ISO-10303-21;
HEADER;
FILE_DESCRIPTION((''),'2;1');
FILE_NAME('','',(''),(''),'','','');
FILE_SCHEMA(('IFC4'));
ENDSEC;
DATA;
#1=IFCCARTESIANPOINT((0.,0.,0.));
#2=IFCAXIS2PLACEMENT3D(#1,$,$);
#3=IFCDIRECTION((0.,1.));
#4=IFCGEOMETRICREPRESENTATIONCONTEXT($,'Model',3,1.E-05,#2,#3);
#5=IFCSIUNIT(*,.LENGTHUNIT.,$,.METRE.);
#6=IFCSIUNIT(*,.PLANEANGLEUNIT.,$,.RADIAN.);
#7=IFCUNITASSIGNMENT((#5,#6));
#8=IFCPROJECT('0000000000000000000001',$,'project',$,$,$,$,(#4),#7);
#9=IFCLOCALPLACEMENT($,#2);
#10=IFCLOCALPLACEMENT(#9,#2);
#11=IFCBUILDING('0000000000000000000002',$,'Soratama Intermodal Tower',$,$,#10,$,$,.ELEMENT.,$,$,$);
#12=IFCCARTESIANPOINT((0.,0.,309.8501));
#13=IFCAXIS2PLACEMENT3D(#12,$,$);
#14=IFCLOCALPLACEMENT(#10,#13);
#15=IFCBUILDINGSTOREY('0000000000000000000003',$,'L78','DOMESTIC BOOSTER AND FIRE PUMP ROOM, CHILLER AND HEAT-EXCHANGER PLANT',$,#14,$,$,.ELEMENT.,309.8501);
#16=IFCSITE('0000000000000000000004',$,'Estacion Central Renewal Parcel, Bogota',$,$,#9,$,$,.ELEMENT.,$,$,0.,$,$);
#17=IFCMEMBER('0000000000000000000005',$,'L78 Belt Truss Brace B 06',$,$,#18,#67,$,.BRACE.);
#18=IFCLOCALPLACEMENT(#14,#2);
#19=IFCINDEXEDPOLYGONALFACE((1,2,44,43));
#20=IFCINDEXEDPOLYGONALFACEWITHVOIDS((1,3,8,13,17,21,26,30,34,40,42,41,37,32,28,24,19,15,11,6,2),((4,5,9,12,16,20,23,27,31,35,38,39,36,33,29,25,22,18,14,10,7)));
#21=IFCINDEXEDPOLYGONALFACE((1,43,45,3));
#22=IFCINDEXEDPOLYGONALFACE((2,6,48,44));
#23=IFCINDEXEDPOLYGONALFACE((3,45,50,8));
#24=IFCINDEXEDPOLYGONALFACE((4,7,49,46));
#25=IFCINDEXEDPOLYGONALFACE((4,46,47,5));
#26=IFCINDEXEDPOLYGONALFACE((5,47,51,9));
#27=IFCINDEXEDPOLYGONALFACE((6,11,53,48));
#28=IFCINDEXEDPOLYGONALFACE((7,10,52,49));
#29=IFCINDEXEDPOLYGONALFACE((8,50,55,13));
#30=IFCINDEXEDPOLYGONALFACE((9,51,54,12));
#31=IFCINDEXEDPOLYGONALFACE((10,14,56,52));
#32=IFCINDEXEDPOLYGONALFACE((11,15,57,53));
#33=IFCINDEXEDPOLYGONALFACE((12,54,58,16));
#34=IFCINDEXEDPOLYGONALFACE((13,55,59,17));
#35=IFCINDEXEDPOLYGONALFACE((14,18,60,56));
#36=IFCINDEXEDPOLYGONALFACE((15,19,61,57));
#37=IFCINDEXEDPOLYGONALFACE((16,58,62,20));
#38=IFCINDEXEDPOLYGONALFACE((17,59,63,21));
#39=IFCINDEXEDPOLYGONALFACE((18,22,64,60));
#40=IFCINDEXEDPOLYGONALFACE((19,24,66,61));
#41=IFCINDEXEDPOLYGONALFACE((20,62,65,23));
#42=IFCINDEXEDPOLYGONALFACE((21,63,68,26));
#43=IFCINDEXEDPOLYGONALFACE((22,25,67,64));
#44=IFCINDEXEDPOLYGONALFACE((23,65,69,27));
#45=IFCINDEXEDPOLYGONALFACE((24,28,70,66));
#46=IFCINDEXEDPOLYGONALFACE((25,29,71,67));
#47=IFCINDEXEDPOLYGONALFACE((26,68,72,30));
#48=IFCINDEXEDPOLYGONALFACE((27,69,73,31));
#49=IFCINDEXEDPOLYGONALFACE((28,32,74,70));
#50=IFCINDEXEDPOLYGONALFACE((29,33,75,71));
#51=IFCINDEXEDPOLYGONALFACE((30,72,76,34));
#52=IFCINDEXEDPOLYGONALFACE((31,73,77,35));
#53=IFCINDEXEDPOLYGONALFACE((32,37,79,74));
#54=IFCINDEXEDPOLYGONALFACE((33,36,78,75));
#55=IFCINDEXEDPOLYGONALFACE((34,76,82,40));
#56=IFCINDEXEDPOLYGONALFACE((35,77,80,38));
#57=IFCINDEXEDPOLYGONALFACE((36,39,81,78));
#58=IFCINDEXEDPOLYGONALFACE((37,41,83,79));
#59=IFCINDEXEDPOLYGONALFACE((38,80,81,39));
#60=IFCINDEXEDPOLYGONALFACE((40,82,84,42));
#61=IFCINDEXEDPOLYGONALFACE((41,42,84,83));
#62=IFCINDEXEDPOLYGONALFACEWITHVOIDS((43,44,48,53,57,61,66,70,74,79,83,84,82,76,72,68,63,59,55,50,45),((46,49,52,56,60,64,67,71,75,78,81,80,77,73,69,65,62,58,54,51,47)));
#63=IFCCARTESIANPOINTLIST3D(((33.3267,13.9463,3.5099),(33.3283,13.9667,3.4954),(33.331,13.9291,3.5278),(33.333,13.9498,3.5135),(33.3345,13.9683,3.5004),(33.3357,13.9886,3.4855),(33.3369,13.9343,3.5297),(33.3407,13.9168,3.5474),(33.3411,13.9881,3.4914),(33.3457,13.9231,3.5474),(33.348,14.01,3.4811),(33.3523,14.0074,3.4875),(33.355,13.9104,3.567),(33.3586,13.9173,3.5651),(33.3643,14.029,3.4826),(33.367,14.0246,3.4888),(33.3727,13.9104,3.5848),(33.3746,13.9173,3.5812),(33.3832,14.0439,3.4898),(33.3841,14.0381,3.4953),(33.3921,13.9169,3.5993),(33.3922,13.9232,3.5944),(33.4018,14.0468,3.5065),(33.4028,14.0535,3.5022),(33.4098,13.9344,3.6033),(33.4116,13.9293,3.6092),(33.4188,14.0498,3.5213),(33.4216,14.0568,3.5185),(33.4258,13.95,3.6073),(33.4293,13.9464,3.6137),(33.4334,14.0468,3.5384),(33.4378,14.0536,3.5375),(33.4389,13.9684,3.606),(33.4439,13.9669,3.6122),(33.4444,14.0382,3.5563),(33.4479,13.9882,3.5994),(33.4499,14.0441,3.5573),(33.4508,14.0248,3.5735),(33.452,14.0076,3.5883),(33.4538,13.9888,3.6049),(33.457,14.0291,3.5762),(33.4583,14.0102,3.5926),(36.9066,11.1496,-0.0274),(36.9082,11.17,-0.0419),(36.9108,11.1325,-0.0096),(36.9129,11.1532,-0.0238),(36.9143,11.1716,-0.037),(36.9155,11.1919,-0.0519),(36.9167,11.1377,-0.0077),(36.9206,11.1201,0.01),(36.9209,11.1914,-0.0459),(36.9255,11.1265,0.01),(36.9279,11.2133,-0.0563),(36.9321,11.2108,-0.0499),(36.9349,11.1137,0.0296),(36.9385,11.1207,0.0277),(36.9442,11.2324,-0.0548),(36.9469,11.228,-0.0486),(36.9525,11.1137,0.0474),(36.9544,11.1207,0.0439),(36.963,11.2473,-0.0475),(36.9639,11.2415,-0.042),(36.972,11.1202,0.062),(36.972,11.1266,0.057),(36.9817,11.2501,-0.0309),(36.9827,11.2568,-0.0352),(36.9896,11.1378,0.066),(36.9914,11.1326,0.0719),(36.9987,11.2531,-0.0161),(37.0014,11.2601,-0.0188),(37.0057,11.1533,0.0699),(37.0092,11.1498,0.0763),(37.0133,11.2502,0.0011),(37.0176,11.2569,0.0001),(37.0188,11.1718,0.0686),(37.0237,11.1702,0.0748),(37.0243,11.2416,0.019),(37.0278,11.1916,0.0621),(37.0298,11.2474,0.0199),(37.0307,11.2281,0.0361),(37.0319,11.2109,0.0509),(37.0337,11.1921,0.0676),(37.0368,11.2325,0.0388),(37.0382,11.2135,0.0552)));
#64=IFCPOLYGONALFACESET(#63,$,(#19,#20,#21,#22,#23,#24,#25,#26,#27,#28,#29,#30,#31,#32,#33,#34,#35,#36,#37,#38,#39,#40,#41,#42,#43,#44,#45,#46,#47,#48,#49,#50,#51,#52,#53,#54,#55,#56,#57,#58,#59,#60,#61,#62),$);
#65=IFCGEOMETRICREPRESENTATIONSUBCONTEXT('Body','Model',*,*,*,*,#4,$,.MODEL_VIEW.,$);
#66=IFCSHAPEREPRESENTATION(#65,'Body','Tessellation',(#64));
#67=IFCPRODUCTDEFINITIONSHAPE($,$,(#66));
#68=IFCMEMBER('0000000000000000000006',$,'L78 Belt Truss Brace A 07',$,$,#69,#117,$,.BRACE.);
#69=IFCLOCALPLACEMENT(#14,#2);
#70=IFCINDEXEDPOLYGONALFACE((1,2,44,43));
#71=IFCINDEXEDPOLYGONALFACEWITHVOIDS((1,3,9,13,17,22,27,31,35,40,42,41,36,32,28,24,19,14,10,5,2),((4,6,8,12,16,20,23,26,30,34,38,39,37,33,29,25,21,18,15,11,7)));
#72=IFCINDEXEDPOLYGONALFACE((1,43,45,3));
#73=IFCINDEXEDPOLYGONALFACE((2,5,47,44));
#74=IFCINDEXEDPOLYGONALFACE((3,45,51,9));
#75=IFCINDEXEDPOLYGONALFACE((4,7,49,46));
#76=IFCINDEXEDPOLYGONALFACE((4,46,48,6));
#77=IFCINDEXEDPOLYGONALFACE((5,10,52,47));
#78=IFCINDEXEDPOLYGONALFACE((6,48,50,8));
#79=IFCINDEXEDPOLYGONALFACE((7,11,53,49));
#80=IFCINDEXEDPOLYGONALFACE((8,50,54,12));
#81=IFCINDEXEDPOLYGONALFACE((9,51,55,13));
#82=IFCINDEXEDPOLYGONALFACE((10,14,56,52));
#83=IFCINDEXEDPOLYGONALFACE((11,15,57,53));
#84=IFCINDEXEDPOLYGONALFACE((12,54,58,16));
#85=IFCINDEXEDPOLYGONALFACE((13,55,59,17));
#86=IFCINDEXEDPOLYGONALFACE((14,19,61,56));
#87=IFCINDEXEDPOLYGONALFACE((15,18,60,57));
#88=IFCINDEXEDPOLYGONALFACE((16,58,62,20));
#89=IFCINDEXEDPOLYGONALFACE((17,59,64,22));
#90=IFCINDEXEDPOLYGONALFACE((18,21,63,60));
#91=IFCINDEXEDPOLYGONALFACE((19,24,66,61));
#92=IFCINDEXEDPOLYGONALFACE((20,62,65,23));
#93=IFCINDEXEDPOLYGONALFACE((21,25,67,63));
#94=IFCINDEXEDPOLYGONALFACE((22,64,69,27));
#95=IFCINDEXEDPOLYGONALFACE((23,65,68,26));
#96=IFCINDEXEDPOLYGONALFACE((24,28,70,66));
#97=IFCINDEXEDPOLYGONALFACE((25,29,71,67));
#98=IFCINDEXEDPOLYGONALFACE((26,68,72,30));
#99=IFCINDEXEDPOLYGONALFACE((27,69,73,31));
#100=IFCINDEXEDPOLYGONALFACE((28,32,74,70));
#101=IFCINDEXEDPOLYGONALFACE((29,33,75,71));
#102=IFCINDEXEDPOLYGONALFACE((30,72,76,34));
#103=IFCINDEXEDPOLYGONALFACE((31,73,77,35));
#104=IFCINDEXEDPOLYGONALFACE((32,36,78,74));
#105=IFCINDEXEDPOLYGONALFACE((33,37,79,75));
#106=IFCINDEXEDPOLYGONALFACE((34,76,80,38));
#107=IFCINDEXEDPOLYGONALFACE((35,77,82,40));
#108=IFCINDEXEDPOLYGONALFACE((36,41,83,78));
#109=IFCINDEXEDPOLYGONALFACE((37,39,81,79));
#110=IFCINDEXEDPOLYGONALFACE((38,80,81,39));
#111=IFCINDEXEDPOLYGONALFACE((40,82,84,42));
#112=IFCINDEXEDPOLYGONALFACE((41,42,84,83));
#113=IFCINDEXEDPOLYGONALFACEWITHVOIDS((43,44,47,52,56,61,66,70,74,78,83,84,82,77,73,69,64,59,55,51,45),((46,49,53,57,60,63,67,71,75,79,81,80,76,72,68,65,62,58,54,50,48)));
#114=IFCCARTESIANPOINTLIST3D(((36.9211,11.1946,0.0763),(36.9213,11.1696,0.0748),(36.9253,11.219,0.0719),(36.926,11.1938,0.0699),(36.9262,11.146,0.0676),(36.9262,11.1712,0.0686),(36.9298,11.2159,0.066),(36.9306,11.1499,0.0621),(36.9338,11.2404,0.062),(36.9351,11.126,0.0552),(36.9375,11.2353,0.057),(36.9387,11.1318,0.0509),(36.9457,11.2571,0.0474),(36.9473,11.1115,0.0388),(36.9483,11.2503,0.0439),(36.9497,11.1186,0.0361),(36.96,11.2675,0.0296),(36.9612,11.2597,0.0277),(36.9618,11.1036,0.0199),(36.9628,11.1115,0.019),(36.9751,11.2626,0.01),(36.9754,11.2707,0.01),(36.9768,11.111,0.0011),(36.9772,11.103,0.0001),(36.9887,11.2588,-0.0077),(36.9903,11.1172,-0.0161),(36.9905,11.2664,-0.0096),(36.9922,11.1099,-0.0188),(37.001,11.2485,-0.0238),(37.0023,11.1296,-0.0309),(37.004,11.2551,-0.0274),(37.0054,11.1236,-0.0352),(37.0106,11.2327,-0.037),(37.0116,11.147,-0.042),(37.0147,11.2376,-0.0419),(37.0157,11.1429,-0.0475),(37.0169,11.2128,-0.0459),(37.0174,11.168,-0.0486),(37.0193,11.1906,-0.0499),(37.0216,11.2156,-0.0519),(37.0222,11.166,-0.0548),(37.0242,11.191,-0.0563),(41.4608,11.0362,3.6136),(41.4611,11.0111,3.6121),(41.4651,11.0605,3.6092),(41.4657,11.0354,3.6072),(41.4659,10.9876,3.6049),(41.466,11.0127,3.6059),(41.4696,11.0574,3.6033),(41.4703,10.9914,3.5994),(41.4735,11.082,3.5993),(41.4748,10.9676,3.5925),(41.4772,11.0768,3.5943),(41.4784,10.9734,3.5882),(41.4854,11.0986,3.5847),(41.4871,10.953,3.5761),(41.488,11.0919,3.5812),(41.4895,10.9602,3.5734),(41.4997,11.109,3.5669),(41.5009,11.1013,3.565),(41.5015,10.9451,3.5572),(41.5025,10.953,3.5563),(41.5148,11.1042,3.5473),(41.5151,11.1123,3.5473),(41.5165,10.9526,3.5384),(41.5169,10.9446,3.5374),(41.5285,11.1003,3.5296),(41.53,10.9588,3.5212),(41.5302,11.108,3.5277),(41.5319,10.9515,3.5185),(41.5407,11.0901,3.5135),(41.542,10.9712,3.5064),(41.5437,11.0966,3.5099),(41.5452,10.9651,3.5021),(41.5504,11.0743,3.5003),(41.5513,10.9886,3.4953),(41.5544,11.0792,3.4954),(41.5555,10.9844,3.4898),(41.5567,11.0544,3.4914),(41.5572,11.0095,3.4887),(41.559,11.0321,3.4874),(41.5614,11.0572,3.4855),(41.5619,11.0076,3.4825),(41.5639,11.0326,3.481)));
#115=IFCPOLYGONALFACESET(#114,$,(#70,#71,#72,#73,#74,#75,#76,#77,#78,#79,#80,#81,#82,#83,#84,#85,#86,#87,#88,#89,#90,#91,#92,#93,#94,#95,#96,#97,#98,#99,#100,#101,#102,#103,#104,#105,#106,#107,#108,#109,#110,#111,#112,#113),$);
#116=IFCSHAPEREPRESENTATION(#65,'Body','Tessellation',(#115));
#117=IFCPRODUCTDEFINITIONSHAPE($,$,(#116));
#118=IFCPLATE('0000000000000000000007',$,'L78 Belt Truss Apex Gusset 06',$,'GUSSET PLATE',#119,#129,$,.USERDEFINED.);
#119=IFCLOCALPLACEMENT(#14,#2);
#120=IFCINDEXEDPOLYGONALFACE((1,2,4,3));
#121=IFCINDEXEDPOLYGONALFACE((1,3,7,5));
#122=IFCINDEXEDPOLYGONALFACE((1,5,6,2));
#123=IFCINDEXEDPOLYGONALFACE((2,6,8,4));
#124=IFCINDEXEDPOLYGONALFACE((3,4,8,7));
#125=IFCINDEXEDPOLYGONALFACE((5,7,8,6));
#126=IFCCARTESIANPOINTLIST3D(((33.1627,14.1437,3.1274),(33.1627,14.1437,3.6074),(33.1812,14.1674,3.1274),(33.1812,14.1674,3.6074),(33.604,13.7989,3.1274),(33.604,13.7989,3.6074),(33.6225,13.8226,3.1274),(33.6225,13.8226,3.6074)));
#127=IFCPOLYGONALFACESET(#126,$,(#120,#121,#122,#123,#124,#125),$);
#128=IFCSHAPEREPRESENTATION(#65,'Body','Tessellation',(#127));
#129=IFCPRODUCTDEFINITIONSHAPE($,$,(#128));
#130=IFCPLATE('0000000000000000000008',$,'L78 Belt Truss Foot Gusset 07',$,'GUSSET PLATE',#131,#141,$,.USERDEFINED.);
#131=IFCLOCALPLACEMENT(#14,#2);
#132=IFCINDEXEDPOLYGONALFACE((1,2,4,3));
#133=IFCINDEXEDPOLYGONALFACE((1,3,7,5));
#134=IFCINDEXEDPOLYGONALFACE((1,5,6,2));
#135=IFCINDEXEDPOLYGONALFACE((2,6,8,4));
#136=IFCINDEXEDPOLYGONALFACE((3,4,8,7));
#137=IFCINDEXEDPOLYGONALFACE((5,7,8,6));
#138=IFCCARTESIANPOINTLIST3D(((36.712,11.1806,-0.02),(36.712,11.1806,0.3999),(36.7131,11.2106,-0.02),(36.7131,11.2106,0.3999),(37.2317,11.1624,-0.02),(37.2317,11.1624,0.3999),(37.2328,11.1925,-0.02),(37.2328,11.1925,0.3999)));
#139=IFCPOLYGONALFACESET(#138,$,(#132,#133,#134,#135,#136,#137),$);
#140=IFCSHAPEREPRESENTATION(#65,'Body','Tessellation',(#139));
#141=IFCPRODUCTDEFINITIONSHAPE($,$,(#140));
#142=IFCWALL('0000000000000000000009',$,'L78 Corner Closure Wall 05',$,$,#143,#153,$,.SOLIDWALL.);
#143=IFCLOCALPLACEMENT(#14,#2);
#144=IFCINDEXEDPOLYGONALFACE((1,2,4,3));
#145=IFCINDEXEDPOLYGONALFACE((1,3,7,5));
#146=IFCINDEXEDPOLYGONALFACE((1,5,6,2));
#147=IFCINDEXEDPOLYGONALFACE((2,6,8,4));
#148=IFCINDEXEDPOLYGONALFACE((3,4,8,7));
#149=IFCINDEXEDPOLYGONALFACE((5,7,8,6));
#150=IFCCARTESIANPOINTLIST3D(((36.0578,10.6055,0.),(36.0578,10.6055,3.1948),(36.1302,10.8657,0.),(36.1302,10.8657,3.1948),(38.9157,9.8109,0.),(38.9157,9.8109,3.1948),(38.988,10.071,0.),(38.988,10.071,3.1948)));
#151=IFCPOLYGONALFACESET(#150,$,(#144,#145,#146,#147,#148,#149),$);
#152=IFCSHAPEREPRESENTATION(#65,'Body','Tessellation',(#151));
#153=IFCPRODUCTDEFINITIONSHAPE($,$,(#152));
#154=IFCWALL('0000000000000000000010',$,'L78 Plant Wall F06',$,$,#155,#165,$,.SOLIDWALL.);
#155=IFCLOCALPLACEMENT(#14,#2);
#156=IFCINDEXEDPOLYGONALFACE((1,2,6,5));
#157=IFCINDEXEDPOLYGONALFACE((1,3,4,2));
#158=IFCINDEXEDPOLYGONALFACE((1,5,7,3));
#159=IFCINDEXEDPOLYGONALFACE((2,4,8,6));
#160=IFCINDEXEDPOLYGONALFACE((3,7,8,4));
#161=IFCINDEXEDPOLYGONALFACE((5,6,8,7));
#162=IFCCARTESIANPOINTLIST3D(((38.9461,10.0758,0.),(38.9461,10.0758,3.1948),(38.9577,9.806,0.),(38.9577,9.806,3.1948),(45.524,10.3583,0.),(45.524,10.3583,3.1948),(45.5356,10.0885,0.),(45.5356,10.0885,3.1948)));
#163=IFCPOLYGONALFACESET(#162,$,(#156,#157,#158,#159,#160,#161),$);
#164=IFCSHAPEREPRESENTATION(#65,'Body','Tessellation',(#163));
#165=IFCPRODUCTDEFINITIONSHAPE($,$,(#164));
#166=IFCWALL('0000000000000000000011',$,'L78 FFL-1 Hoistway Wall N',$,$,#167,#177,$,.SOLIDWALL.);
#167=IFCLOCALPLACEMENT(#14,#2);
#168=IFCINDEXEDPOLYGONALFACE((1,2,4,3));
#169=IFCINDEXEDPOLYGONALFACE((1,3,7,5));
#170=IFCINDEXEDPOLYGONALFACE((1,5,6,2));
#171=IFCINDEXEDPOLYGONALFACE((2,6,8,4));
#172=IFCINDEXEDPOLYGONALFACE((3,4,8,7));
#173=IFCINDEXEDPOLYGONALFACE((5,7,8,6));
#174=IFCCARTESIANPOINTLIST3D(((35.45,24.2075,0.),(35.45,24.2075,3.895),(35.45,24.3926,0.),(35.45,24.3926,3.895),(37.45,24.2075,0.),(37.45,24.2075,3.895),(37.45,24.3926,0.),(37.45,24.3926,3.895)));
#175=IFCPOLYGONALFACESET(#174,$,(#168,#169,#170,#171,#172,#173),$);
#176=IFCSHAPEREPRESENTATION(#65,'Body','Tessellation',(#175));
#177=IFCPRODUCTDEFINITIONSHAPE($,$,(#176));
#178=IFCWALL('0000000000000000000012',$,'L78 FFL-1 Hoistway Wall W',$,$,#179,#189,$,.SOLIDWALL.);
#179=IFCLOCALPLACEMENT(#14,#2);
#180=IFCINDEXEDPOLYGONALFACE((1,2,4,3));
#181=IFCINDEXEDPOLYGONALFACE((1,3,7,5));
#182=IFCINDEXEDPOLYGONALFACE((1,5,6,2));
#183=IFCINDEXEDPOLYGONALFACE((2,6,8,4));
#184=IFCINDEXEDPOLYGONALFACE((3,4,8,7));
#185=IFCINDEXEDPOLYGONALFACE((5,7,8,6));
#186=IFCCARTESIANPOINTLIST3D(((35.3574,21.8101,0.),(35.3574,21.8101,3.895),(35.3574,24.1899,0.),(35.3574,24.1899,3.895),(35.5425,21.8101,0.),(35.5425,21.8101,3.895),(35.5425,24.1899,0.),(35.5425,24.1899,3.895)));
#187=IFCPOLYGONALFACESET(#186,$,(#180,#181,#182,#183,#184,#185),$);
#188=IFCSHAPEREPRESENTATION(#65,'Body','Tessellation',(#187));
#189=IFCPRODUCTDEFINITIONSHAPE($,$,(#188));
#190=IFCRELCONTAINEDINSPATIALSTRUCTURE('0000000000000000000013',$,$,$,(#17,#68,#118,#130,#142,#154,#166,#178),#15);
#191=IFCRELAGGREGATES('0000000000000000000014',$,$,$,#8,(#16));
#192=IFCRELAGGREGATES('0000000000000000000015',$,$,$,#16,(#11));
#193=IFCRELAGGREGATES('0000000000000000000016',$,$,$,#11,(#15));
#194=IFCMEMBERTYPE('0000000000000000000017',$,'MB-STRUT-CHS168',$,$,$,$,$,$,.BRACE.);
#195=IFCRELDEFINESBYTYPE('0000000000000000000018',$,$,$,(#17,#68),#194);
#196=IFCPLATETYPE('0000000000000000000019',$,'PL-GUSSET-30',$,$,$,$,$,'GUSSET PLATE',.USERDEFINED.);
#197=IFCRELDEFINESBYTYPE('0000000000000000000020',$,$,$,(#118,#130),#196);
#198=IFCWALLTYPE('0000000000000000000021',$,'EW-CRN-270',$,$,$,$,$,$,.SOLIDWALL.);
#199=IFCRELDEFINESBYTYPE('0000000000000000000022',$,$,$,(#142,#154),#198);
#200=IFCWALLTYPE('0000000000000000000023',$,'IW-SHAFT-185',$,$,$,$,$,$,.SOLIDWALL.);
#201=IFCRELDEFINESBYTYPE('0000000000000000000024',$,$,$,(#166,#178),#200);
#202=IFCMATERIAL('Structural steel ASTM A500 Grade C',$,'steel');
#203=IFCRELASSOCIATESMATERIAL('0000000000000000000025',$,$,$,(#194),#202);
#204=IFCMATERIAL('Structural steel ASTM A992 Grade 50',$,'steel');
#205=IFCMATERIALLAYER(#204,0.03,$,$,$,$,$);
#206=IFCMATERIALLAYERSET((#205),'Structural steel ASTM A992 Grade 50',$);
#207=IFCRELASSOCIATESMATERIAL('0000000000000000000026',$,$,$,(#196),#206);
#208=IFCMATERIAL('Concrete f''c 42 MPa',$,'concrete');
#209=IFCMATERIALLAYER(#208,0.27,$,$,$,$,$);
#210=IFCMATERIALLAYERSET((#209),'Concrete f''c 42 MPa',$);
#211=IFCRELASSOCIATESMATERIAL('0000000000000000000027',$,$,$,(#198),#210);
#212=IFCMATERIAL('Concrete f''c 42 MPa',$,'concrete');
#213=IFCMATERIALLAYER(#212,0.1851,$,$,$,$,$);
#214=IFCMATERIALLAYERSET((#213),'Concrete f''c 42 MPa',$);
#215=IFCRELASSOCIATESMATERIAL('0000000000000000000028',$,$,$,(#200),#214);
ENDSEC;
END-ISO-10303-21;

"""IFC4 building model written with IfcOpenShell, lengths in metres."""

from ifc_helpers import new_model, si_unit, direction, frame, frame_2d, origin, origin_2d, place, context, subcontext, project, spatial, rectangle, hollow_circle, extrude, material, layer, layer_set, material_profile, profile_set, type_object, element, save


model = new_model("IFC4")

# Units and contexts
model_context = context("Model", 3, precision=1e-05, world=origin(), true_north=direction((0.0, 1.0)))
body_context = subcontext(model_context, "Body", "Model", "MODEL_VIEW")
ifc_project = project(units=[si_unit("LENGTHUNIT", "METRE"), si_unit("PLANEANGLEUNIT", "RADIAN")], contexts=[model_context])

# Site, building, storey
site_placement = place(None, origin())
site = spatial("IfcSite", under=ifc_project, at=site_placement, Name="Estacion Central Renewal Parcel, Bogota", CompositionType="ELEMENT", RefElevation=0.0)
building_placement = place(site_placement, origin())
building = spatial("IfcBuilding", under=site, at=building_placement, Name="Soratama Intermodal Tower", CompositionType="ELEMENT")
storey_placement = place(building_placement, frame((0.0, 0.0, 309.8501)))
storey = spatial("IfcBuildingStorey", under=building, at=storey_placement, Name="L78", Description="DOMESTIC BOOSTER AND FIRE PUMP ROOM, CHILLER AND HEAT-EXCHANGER PLANT", CompositionType="ELEMENT", Elevation=309.8501)

# Members
ifc_material_1 = material(Name="Structural steel ASTM A500 Grade C", Category="steel")
ifc_material_profile_1 = material_profile(ifc_material_1, hollow_circle(Radius=0.0842, WallThickness=0.0081, at=origin_2d()), Name="CHS168X8")
ifc_profile_set_1 = profile_set([ifc_material_profile_1], Name="Structural steel ASTM A500 Grade C")
member_type = type_object("IfcMemberType", Name="MB-STRUT-CHS168", PredefinedType="BRACE", material=ifc_profile_set_1)
member_1_placement = place(storey_placement, frame((36.9724, 11.1865, 0.01), z_axis=(-0.621765, 0.485734, 0.614387), x_axis=(-0.615628, -0.788037, 0.0)))
element("IfcMember", 1, at=member_1_placement, inside=storey, type_object=member_type, Name="L78 Belt Truss Brace B 06", PredefinedType="BRACE", context=body_context, shape_type="SweptSolid", body=[
    extrude(hollow_circle(Radius=0.0842, WallThickness=0.0081, at=origin_2d()), origin(), (0.0, 0.0, 1.0), 5.7576),
])
member_2_placement = place(storey_placement, frame((36.9724, 11.1865, 0.01), z_axis=(0.788514, -0.027521, 0.614401), x_axis=(0.034881, 0.999391, 0.0)))
element("IfcMember", 2, at=member_2_placement, inside=storey, type_object=member_type, Name="L78 Belt Truss Brace A 07", PredefinedType="BRACE", context=body_context, shape_type="SweptSolid", body=[
    extrude(hollow_circle(Radius=0.0842, WallThickness=0.0081, at=origin_2d()), origin(), (0.0, 0.0, 1.0), 5.7573),
])

# Plates
ifc_material_2 = material(Name="Structural steel ASTM A992 Grade 50", Category="steel")
ifc_layer_1 = layer(ifc_material_2, 0.03)
ifc_layer_set_1 = layer_set([ifc_layer_1], Name="Structural steel ASTM A992 Grade 50")
plate_type = type_object("IfcPlateType", Name="PL-GUSSET-30", ElementType="GUSSET PLATE", PredefinedType="USERDEFINED", material=ifc_layer_set_1)
plate_1_placement = place(storey_placement, frame((33.3926, 13.9832, 3.1274), z_axis=(0.0, 0.0, 1.0), x_axis=(0.788011, -0.615661, 0.0)))
element("IfcPlate", 3, at=plate_1_placement, inside=storey, type_object=plate_type, Name="L78 Belt Truss Apex Gusset 06", ObjectType="GUSSET PLATE", PredefinedType="USERDEFINED", context=body_context, shape_type="SweptSolid", body=[
    extrude(rectangle(XDim=0.5601, YDim=0.03, at=origin_2d()), origin(), (0.0, 0.0, 1.0), 0.48),
])
plate_2_placement = place(storey_placement, frame((36.9724, 11.1865, -0.02), z_axis=(0.0, 0.0, 1.0), x_axis=(0.999391, -0.034899, 0.0)))
element("IfcPlate", 4, at=plate_2_placement, inside=storey, type_object=plate_type, Name="L78 Belt Truss Foot Gusset 07", ObjectType="GUSSET PLATE", PredefinedType="USERDEFINED", context=body_context, shape_type="SweptSolid", body=[
    extrude(rectangle(XDim=0.52, YDim=0.03, at=origin_2d()), origin(), (0.0, 0.0, 1.0), 0.4199),
])

# Walls
ifc_material_3 = material(Name="Concrete f'c 42 MPa", Category="concrete")
ifc_layer_2 = layer(ifc_material_3, 0.27)
ifc_layer_set_2 = layer_set([ifc_layer_2], Name="Concrete f'c 42 MPa")
wall_type_1 = type_object("IfcWallType", Name="EW-CRN-270", PredefinedType="SOLIDWALL", material=ifc_layer_set_2)
wall_1_placement = place(storey_placement, frame((36.094, 10.7356, 0.0), z_axis=(0.0, 0.0, 1.0), x_axis=(0.963447, -0.267899, 0.0)))
element("IfcWall", 5, at=wall_1_placement, inside=storey, type_object=wall_type_1, Name="L78 Corner Closure Wall 05", PredefinedType="SOLIDWALL", context=body_context, shape_type="SweptSolid", body=[
    extrude(rectangle(XDim=2.9663, YDim=0.27, at=frame_2d((1.4832, 0.0))), origin(), (0.0, 0.0, 1.0), 3.1948),
])
wall_2_placement = place(storey_placement, frame((38.9519, 9.9409, 0.0), z_axis=(0.0, 0.0, 1.0), x_axis=(0.999079, 0.042903, 0.0)))
element("IfcWall", 6, at=wall_2_placement, inside=storey, type_object=wall_type_1, Name="L78 Plant Wall F06", PredefinedType="SOLIDWALL", context=body_context, shape_type="SweptSolid", body=[
    extrude(rectangle(XDim=6.584, YDim=0.27, at=frame_2d((3.292, 0.0))), origin(), (0.0, 0.0, 1.0), 3.1948),
])

# Shared definitions
ifc_material_4 = material(Name="Concrete f'c 42 MPa", Category="concrete")
ifc_layer_3 = layer(ifc_material_4, 0.1851)
ifc_layer_set_3 = layer_set([ifc_layer_3], Name="Concrete f'c 42 MPa")
wall_type_2 = type_object("IfcWallType", Name="IW-SHAFT-185", PredefinedType="SOLIDWALL", material=ifc_layer_set_3)

# Walls
wall_3_placement = place(storey_placement, frame((35.45, 24.3, 0.0), z_axis=(0.0, 0.0, 1.0), x_axis=(1.0, 0.0, 0.0)))
element("IfcWall", 7, at=wall_3_placement, inside=storey, type_object=wall_type_2, Name="L78 FFL-1 Hoistway Wall N", PredefinedType="SOLIDWALL", context=body_context, shape_type="SweptSolid", body=[
    extrude(rectangle(XDim=2.0, YDim=0.1851, at=frame_2d((1.0, 0.0))), origin(), (0.0, 0.0, 1.0), 3.895),
])
for number, where, z_axis, x_axis, name in (
    (8, (35.45, 21.8101, 0.0), (0.0, 0.0, 1.0), (0.0, 1.0, 0.0), "L78 FFL-1 Hoistway Wall W"),
):
    element("IfcWall", number, at=place(storey_placement, frame(where, z_axis=z_axis, x_axis=x_axis)), inside=storey, type_object=wall_type_2, Name=name, PredefinedType="SOLIDWALL", context=body_context, shape_type="SweptSolid", body=[
        extrude(rectangle(XDim=2.3799, YDim=0.1851, at=frame_2d((1.1899, 0.0))), origin(), (0.0, 0.0, 1.0), 3.895),
    ])

save(model, "model.ifc")
